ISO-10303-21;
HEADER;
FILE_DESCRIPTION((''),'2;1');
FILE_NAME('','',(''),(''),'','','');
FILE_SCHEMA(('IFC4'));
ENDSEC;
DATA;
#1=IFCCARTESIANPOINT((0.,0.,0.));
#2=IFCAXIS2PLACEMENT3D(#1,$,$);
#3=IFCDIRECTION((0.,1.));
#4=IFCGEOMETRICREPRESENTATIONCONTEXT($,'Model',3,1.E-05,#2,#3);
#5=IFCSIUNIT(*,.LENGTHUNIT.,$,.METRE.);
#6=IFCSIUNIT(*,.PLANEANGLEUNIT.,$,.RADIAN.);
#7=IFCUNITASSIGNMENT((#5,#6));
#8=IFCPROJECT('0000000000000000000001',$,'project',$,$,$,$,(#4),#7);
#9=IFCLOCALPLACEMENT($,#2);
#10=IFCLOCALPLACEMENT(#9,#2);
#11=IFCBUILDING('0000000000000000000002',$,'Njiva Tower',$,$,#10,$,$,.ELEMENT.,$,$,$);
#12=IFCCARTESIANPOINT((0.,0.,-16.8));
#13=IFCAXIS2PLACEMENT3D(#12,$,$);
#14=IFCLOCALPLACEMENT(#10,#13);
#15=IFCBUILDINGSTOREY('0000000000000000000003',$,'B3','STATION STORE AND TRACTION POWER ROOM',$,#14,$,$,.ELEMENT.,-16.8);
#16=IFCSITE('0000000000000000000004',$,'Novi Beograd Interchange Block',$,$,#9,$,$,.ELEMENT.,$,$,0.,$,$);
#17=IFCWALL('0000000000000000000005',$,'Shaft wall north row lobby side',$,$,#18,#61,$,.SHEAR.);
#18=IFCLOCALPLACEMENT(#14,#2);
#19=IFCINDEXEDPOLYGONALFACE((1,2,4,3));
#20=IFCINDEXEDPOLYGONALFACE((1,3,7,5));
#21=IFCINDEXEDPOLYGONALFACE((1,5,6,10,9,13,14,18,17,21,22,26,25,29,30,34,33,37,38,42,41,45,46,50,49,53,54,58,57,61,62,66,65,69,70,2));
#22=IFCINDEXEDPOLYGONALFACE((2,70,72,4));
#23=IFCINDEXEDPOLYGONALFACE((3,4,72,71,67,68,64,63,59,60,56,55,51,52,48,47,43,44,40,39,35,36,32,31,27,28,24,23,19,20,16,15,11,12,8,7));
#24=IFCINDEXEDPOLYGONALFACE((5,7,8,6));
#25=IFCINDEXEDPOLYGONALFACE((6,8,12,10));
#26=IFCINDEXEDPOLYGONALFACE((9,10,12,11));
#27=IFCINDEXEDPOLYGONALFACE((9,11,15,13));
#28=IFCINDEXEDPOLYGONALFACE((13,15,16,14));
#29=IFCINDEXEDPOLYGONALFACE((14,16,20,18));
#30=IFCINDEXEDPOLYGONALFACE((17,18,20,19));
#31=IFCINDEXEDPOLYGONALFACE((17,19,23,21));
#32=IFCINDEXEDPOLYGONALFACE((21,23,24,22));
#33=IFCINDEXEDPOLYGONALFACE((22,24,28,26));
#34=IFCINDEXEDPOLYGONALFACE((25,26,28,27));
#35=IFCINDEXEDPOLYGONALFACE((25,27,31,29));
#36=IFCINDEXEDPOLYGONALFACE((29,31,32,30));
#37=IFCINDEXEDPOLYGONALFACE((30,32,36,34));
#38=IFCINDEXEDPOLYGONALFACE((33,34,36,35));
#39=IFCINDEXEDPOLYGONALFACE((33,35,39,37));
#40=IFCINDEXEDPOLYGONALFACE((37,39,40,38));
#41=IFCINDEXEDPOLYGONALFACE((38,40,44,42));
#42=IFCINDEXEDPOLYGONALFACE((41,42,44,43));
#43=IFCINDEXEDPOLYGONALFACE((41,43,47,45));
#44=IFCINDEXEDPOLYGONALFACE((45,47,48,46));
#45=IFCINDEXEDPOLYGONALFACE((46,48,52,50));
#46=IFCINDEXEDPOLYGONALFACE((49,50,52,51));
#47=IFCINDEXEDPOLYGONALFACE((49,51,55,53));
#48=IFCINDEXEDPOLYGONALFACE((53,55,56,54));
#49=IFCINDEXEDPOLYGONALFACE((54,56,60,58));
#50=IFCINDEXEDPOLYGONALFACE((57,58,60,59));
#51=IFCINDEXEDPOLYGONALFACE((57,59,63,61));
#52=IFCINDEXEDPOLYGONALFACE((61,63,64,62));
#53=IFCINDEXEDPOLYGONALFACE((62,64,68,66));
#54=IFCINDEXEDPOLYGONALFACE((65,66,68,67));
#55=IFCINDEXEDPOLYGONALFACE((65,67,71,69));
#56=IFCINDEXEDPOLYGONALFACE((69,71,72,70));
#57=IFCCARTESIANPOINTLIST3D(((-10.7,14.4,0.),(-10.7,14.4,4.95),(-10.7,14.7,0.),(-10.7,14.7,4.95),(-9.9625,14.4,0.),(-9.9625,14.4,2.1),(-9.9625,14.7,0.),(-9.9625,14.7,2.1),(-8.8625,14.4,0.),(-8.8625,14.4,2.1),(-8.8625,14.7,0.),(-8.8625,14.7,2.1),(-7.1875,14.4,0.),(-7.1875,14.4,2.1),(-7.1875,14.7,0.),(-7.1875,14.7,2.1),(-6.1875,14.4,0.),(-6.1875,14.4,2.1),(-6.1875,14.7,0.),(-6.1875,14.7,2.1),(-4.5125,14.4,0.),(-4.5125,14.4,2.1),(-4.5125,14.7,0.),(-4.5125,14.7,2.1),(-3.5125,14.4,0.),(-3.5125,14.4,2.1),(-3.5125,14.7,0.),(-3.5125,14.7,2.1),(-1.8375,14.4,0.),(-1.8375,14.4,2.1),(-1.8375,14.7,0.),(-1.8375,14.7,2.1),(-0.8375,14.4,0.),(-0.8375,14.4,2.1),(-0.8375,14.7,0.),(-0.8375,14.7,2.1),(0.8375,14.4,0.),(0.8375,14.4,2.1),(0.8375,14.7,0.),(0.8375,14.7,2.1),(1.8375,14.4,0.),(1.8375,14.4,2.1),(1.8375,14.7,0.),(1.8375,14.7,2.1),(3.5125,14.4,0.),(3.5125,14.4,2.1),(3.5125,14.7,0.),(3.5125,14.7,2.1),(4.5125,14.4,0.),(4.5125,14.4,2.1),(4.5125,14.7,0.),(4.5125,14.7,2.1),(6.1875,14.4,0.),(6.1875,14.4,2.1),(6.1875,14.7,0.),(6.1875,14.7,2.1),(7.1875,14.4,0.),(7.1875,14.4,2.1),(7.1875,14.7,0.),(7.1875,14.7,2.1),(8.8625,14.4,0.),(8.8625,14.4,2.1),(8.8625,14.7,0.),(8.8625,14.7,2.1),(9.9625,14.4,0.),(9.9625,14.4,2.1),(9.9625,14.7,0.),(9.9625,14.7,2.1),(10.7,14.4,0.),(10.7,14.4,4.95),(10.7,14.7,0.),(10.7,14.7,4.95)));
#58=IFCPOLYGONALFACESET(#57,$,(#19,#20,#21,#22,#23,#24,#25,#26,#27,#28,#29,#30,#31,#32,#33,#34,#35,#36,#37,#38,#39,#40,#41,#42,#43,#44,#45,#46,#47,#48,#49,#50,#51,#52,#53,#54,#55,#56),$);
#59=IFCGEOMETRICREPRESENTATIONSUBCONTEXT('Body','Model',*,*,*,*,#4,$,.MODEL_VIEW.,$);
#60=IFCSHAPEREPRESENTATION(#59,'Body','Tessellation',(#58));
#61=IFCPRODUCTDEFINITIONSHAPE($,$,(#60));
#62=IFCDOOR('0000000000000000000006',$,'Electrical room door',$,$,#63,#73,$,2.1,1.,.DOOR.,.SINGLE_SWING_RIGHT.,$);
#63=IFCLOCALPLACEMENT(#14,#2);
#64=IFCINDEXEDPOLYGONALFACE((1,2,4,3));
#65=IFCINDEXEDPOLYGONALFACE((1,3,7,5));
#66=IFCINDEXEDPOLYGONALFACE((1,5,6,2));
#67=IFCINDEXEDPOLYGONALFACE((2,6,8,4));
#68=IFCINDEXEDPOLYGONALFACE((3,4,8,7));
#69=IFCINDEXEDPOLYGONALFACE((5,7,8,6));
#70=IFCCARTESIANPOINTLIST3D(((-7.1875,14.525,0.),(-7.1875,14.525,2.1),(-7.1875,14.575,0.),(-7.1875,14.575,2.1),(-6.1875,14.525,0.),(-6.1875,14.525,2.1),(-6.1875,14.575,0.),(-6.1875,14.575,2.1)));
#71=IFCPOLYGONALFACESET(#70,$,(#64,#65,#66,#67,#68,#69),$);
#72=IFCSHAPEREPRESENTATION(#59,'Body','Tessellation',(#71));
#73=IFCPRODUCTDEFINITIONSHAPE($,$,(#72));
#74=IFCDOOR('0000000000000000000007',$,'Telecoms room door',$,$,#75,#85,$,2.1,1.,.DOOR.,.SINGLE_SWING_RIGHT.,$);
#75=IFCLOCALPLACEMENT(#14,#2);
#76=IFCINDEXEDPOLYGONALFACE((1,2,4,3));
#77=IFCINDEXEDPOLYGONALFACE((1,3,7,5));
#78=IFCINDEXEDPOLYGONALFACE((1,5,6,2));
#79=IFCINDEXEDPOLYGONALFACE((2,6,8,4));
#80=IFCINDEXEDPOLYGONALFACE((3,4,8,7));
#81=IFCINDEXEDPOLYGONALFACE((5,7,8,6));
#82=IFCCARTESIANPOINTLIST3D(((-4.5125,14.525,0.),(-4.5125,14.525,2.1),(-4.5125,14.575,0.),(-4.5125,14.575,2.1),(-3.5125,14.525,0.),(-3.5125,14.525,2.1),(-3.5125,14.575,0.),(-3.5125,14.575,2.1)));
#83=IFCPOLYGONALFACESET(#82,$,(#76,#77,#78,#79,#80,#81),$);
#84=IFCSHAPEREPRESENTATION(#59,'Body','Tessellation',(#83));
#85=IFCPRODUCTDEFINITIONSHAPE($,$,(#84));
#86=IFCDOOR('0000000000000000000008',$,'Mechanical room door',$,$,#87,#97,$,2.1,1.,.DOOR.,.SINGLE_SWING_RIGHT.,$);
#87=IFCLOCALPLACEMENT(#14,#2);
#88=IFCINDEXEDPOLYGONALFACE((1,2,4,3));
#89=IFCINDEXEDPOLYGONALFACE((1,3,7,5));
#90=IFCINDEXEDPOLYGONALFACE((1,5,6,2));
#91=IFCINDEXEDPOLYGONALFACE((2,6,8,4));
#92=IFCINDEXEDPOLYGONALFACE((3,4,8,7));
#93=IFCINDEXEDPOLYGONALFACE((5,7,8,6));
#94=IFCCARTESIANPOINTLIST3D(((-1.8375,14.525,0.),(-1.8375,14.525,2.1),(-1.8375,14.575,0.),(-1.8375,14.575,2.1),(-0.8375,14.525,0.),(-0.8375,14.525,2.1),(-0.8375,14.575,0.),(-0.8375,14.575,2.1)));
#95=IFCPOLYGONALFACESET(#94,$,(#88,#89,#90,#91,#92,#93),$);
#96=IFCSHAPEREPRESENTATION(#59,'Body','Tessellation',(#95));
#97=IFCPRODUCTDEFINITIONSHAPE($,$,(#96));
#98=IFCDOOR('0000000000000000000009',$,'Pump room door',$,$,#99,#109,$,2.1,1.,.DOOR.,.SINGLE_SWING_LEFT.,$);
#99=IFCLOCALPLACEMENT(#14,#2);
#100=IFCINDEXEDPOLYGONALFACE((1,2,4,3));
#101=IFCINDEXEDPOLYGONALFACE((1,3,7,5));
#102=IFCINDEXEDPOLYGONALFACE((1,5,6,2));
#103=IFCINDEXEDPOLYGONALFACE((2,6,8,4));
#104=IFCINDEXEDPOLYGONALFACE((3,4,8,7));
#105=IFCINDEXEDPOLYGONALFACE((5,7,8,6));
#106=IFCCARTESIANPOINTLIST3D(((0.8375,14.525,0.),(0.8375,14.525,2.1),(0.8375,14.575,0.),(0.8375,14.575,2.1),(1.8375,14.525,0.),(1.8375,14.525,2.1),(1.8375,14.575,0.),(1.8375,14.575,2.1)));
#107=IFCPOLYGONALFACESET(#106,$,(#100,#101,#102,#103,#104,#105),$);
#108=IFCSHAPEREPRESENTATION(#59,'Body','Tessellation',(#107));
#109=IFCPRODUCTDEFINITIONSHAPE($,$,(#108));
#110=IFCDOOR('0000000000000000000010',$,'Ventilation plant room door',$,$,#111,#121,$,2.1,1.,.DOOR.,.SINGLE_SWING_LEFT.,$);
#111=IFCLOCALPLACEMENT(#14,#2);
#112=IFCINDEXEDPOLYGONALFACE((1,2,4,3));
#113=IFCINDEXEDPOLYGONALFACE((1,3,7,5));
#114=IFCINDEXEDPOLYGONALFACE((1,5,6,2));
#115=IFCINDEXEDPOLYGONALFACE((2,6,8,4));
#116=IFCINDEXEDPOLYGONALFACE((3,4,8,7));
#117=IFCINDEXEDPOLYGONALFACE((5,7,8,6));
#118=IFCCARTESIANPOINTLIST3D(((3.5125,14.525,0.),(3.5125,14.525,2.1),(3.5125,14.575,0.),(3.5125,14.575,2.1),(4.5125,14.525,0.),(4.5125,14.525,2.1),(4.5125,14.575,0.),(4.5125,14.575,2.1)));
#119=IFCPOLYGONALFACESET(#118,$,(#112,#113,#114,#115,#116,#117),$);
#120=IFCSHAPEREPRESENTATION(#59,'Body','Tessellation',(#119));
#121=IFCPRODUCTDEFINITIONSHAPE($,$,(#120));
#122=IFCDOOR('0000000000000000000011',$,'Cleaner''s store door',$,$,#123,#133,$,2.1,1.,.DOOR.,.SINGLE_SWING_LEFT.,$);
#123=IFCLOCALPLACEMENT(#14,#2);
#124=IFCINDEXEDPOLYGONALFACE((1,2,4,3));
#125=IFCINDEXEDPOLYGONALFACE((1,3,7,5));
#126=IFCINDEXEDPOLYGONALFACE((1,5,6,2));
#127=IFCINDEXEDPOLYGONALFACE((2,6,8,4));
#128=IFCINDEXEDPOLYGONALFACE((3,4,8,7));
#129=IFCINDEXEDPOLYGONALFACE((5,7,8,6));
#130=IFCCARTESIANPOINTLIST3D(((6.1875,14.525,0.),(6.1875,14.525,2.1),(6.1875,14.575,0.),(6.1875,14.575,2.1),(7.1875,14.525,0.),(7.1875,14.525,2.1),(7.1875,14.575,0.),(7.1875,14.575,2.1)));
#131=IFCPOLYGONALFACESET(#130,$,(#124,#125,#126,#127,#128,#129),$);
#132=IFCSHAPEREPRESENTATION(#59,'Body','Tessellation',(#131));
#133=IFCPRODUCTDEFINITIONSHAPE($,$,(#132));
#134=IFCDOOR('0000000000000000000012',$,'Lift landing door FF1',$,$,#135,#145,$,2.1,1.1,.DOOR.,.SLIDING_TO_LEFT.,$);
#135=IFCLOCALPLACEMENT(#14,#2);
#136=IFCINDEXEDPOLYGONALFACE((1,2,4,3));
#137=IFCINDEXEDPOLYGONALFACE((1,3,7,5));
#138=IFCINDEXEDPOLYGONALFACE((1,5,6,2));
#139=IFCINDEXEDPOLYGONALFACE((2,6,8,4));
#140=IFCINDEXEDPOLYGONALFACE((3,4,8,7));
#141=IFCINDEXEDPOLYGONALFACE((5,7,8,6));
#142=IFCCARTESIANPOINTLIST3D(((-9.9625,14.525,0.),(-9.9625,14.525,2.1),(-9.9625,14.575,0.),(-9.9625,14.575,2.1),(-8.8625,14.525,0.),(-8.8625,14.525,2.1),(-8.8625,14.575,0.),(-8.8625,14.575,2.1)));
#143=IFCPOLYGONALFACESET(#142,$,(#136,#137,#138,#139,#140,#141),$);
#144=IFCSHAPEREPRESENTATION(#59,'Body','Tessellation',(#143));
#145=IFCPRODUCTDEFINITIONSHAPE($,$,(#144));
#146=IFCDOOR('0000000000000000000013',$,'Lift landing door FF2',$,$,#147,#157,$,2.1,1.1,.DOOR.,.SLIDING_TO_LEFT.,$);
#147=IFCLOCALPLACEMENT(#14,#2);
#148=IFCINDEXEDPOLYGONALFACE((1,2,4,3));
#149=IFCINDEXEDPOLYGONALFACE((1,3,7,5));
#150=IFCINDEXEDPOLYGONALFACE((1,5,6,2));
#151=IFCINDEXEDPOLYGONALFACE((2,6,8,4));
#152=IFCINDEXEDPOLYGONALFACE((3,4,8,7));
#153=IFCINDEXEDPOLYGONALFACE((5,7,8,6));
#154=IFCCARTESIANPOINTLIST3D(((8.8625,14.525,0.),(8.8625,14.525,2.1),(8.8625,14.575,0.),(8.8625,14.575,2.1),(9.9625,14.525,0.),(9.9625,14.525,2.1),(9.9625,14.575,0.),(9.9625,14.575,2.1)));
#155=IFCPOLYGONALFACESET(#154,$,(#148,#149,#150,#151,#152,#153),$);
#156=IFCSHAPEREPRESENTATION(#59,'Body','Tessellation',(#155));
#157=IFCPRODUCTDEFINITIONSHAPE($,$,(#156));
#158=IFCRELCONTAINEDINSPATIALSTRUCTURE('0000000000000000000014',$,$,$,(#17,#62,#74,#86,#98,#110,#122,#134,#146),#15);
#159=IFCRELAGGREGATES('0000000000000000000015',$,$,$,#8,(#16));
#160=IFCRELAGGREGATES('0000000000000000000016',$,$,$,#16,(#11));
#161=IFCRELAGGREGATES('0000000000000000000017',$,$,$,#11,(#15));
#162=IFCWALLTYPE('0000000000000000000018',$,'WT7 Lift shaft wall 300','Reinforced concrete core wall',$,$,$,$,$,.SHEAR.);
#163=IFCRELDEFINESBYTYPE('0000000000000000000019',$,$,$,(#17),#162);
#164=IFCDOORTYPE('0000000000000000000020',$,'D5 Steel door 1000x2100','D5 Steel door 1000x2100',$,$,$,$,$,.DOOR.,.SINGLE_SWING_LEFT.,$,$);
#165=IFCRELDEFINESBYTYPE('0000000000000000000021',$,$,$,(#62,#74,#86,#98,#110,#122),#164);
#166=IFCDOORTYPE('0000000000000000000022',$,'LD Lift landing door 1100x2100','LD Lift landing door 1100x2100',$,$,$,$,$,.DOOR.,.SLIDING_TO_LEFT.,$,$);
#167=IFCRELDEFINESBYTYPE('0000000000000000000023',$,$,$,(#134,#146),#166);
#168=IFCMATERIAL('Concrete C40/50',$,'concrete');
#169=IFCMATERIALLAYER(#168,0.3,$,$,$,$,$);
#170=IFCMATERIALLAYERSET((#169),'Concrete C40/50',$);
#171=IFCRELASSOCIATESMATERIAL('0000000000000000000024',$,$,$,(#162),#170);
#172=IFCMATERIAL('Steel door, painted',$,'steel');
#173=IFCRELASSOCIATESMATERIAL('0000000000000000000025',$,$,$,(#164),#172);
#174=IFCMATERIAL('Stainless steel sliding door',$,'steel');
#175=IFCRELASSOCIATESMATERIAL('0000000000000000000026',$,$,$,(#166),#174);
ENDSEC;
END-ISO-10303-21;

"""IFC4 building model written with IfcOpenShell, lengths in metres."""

from ifc_helpers import new_model, si_unit, direction, frame, frame_2d, origin, place, context, subcontext, project, spatial, rectangle, extrude, material, layer, layer_set, type_object, element, fill, save


model = new_model("IFC4")

# Units and contexts
model_context = context("Model", 3, precision=1e-05, world=origin(), true_north=direction((0.0, 1.0)))
body_context = subcontext(model_context, "Body", "Model", "MODEL_VIEW")
ifc_project = project(units=[si_unit("LENGTHUNIT", "METRE"), si_unit("PLANEANGLEUNIT", "RADIAN")], contexts=[model_context])

# Site, building, storey
site_placement = place(None, origin())
site = spatial("IfcSite", under=ifc_project, at=site_placement, Name="Novi Beograd Interchange Block", CompositionType="ELEMENT", RefElevation=0.0)
building_placement = place(site_placement, origin())
building = spatial("IfcBuilding", under=site, at=building_placement, Name="Njiva Tower", CompositionType="ELEMENT")
storey_placement = place(building_placement, frame((0.0, 0.0, -16.8)))
storey = spatial("IfcBuildingStorey", under=building, at=storey_placement, Name="B3", Description="STATION STORE AND TRACTION POWER ROOM", CompositionType="ELEMENT", Elevation=-16.8)

# Shared definitions
ifc_material_1 = material(Name="Concrete C40/50", Category="concrete")

# Wall, openings, doors
ifc_layer_1 = layer(ifc_material_1, 0.3)
ifc_layer_set_1 = layer_set([ifc_layer_1], Name="Concrete C40/50")
wall_type_1 = type_object("IfcWallType", Name="WT7 Lift shaft wall 300", Description="Reinforced concrete core wall", PredefinedType="SHEAR", material=ifc_layer_set_1)
wall_1_placement = place(storey_placement, frame((-10.7, 14.55, 0.0), z_axis=(0.0, 0.0, 1.0), x_axis=(1.0, 0.0, 0.0)))
wall_1 = element("IfcWall", 1, at=wall_1_placement, inside=storey, type_object=wall_type_1, Name="Shaft wall north row lobby side", PredefinedType="SHEAR", context=body_context, shape_type="SweptSolid", body=[
    extrude(rectangle(XDim=21.4, YDim=0.3, at=frame_2d((10.7, 0.0))), origin(), (0.0, 0.0, 1.0), 4.95),
])
opening_1_placement = place(wall_1_placement, frame((0.7375, 0.0, 0.0)))
opening_1 = element("IfcOpeningElement", 2, at=opening_1_placement, cuts=wall_1, PredefinedType="OPENING", context=body_context, shape_type="SweptSolid", body=[
    extrude(rectangle(XDim=1.1, YDim=2.1, at=frame_2d((0.55, 1.05))), frame((0.0, 0.16, 0.0), z_axis=(0.0, -1.0, 0.0), x_axis=(1.0, 0.0, 0.0)), (0.0, 0.0, 1.0), 0.32),
])
opening_2_placement = place(wall_1_placement, frame((19.5625, 0.0, 0.0)))
opening_2 = element("IfcOpeningElement", 3, at=opening_2_placement, cuts=wall_1, PredefinedType="OPENING", context=body_context, shape_type="SweptSolid", body=[
    extrude(rectangle(XDim=1.1, YDim=2.1, at=frame_2d((0.55, 1.05))), frame((0.0, 0.16, 0.0), z_axis=(0.0, -1.0, 0.0), x_axis=(1.0, 0.0, 0.0)), (0.0, 0.0, 1.0), 0.32),
])
opening_3_placement = place(wall_1_placement, frame((3.5125, 0.0, 0.0)))
opening_3 = element("IfcOpeningElement", 4, at=opening_3_placement, cuts=wall_1, PredefinedType="OPENING", context=body_context, shape_type="SweptSolid", body=[
    extrude(rectangle(XDim=1.0, YDim=2.1, at=frame_2d((0.5, 1.05))), frame((0.0, 0.16, 0.0), z_axis=(0.0, -1.0, 0.0), x_axis=(1.0, 0.0, 0.0)), (0.0, 0.0, 1.0), 0.32),
])
opening_4_placement = place(wall_1_placement, frame((6.1875, 0.0, 0.0)))
opening_4 = element("IfcOpeningElement", 5, at=opening_4_placement, cuts=wall_1, PredefinedType="OPENING", context=body_context, shape_type="SweptSolid", body=[
    extrude(rectangle(XDim=1.0, YDim=2.1, at=frame_2d((0.5, 1.05))), frame((0.0, 0.16, 0.0), z_axis=(0.0, -1.0, 0.0), x_axis=(1.0, 0.0, 0.0)), (0.0, 0.0, 1.0), 0.32),
])
opening_5_placement = place(wall_1_placement, frame((8.8625, 0.0, 0.0)))
opening_5 = element("IfcOpeningElement", 6, at=opening_5_placement, cuts=wall_1, PredefinedType="OPENING", context=body_context, shape_type="SweptSolid", body=[
    extrude(rectangle(XDim=1.0, YDim=2.1, at=frame_2d((0.5, 1.05))), frame((0.0, 0.16, 0.0), z_axis=(0.0, -1.0, 0.0), x_axis=(1.0, 0.0, 0.0)), (0.0, 0.0, 1.0), 0.32),
])
opening_6_placement = place(wall_1_placement, frame((11.5375, 0.0, 0.0)))
opening_6 = element("IfcOpeningElement", 7, at=opening_6_placement, cuts=wall_1, PredefinedType="OPENING", context=body_context, shape_type="SweptSolid", body=[
    extrude(rectangle(XDim=1.0, YDim=2.1, at=frame_2d((0.5, 1.05))), frame((0.0, 0.16, 0.0), z_axis=(0.0, -1.0, 0.0), x_axis=(1.0, 0.0, 0.0)), (0.0, 0.0, 1.0), 0.32),
])
opening_7_placement = place(wall_1_placement, frame((14.2125, 0.0, 0.0)))
opening_7 = element("IfcOpeningElement", 8, at=opening_7_placement, cuts=wall_1, PredefinedType="OPENING", context=body_context, shape_type="SweptSolid", body=[
    extrude(rectangle(XDim=1.0, YDim=2.1, at=frame_2d((0.5, 1.05))), frame((0.0, 0.16, 0.0), z_axis=(0.0, -1.0, 0.0), x_axis=(1.0, 0.0, 0.0)), (0.0, 0.0, 1.0), 0.32),
])
opening_8_placement = place(wall_1_placement, frame((16.8875, 0.0, 0.0)))
opening_8 = element("IfcOpeningElement", 9, at=opening_8_placement, cuts=wall_1, PredefinedType="OPENING", context=body_context, shape_type="SweptSolid", body=[
    extrude(rectangle(XDim=1.0, YDim=2.1, at=frame_2d((0.5, 1.05))), frame((0.0, 0.16, 0.0), z_axis=(0.0, -1.0, 0.0), x_axis=(1.0, 0.0, 0.0)), (0.0, 0.0, 1.0), 0.32),
])
ifc_material_2 = material(Name="Steel door, painted", Category="steel")
door_type_1 = type_object("IfcDoorType", Name="D5 Steel door 1000x2100", Description="D5 Steel door 1000x2100", OperationType="SINGLE_SWING_LEFT", PredefinedType="DOOR", material=ifc_material_2)
door_1_placement = place(opening_3_placement, origin())
door_1 = element("IfcDoor", 10, at=door_1_placement, inside=storey, type_object=door_type_1, Name="Electrical room door", OperationType="SINGLE_SWING_RIGHT", OverallHeight=2.1, OverallWidth=1.0, PredefinedType="DOOR", context=body_context, shape_type="SweptSolid", body=[
    extrude(rectangle(XDim=1.0, YDim=2.1, at=frame_2d((0.5, 1.05))), frame((0.0, 0.025, 0.0), z_axis=(0.0, -1.0, 0.0), x_axis=(1.0, 0.0, 0.0)), (0.0, 0.0, 1.0), 0.05),
])
fill(opening_3, door_1)
door_2_placement = place(opening_4_placement, origin())
door_2 = element("IfcDoor", 11, at=door_2_placement, inside=storey, type_object=door_type_1, Name="Telecoms room door", OperationType="SINGLE_SWING_RIGHT", OverallHeight=2.1, OverallWidth=1.0, PredefinedType="DOOR", context=body_context, shape_type="SweptSolid", body=[
    extrude(rectangle(XDim=1.0, YDim=2.1, at=frame_2d((0.5, 1.05))), frame((0.0, 0.025, 0.0), z_axis=(0.0, -1.0, 0.0), x_axis=(1.0, 0.0, 0.0)), (0.0, 0.0, 1.0), 0.05),
])
fill(opening_4, door_2)
door_3_placement = place(opening_5_placement, origin())
door_3 = element("IfcDoor", 12, at=door_3_placement, inside=storey, type_object=door_type_1, Name="Mechanical room door", OperationType="SINGLE_SWING_RIGHT", OverallHeight=2.1, OverallWidth=1.0, PredefinedType="DOOR", context=body_context, shape_type="SweptSolid", body=[
    extrude(rectangle(XDim=1.0, YDim=2.1, at=frame_2d((0.5, 1.05))), frame((0.0, 0.025, 0.0), z_axis=(0.0, -1.0, 0.0), x_axis=(1.0, 0.0, 0.0)), (0.0, 0.0, 1.0), 0.05),
])
fill(opening_5, door_3)
door_4_placement = place(opening_6_placement, origin())
door_4 = element("IfcDoor", 13, at=door_4_placement, inside=storey, type_object=door_type_1, Name="Pump room door", OperationType="SINGLE_SWING_LEFT", OverallHeight=2.1, OverallWidth=1.0, PredefinedType="DOOR", context=body_context, shape_type="SweptSolid", body=[
    extrude(rectangle(XDim=1.0, YDim=2.1, at=frame_2d((0.5, 1.05))), frame((0.0, 0.025, 0.0), z_axis=(0.0, -1.0, 0.0), x_axis=(1.0, 0.0, 0.0)), (0.0, 0.0, 1.0), 0.05),
])
fill(opening_6, door_4)
door_5_placement = place(opening_7_placement, origin())
door_5 = element("IfcDoor", 14, at=door_5_placement, inside=storey, type_object=door_type_1, Name="Ventilation plant room door", OperationType="SINGLE_SWING_LEFT", OverallHeight=2.1, OverallWidth=1.0, PredefinedType="DOOR", context=body_context, shape_type="SweptSolid", body=[
    extrude(rectangle(XDim=1.0, YDim=2.1, at=frame_2d((0.5, 1.05))), frame((0.0, 0.025, 0.0), z_axis=(0.0, -1.0, 0.0), x_axis=(1.0, 0.0, 0.0)), (0.0, 0.0, 1.0), 0.05),
])
fill(opening_7, door_5)
door_6_placement = place(opening_8_placement, origin())
door_6 = element("IfcDoor", 15, at=door_6_placement, inside=storey, type_object=door_type_1, Name="Cleaner's store door", OperationType="SINGLE_SWING_LEFT", OverallHeight=2.1, OverallWidth=1.0, PredefinedType="DOOR", context=body_context, shape_type="SweptSolid", body=[
    extrude(rectangle(XDim=1.0, YDim=2.1, at=frame_2d((0.5, 1.05))), frame((0.0, 0.025, 0.0), z_axis=(0.0, -1.0, 0.0), x_axis=(1.0, 0.0, 0.0)), (0.0, 0.0, 1.0), 0.05),
])
fill(opening_8, door_6)
ifc_material_3 = material(Name="Stainless steel sliding door", Category="steel")
door_type_2 = type_object("IfcDoorType", Name="LD Lift landing door 1100x2100", Description="LD Lift landing door 1100x2100", OperationType="SLIDING_TO_LEFT", PredefinedType="DOOR", material=ifc_material_3)
door_7_placement = place(opening_1_placement, origin())
door_7 = element("IfcDoor", 16, at=door_7_placement, inside=storey, type_object=door_type_2, Name="Lift landing door FF1", OperationType="SLIDING_TO_LEFT", OverallHeight=2.1, OverallWidth=1.1, PredefinedType="DOOR", context=body_context, shape_type="SweptSolid", body=[
    extrude(rectangle(XDim=1.1, YDim=2.1, at=frame_2d((0.55, 1.05))), frame((0.0, 0.025, 0.0), z_axis=(0.0, -1.0, 0.0), x_axis=(1.0, 0.0, 0.0)), (0.0, 0.0, 1.0), 0.05),
])
fill(opening_1, door_7)
door_8_placement = place(opening_2_placement, origin())
door_8 = element("IfcDoor", 17, at=door_8_placement, inside=storey, type_object=door_type_2, Name="Lift landing door FF2", OperationType="SLIDING_TO_LEFT", OverallHeight=2.1, OverallWidth=1.1, PredefinedType="DOOR", context=body_context, shape_type="SweptSolid", body=[
    extrude(rectangle(XDim=1.1, YDim=2.1, at=frame_2d((0.55, 1.05))), frame((0.0, 0.025, 0.0), z_axis=(0.0, -1.0, 0.0), x_axis=(1.0, 0.0, 0.0)), (0.0, 0.0, 1.0), 0.05),
])
fill(opening_2, door_8)

save(model, "model.ifc")
